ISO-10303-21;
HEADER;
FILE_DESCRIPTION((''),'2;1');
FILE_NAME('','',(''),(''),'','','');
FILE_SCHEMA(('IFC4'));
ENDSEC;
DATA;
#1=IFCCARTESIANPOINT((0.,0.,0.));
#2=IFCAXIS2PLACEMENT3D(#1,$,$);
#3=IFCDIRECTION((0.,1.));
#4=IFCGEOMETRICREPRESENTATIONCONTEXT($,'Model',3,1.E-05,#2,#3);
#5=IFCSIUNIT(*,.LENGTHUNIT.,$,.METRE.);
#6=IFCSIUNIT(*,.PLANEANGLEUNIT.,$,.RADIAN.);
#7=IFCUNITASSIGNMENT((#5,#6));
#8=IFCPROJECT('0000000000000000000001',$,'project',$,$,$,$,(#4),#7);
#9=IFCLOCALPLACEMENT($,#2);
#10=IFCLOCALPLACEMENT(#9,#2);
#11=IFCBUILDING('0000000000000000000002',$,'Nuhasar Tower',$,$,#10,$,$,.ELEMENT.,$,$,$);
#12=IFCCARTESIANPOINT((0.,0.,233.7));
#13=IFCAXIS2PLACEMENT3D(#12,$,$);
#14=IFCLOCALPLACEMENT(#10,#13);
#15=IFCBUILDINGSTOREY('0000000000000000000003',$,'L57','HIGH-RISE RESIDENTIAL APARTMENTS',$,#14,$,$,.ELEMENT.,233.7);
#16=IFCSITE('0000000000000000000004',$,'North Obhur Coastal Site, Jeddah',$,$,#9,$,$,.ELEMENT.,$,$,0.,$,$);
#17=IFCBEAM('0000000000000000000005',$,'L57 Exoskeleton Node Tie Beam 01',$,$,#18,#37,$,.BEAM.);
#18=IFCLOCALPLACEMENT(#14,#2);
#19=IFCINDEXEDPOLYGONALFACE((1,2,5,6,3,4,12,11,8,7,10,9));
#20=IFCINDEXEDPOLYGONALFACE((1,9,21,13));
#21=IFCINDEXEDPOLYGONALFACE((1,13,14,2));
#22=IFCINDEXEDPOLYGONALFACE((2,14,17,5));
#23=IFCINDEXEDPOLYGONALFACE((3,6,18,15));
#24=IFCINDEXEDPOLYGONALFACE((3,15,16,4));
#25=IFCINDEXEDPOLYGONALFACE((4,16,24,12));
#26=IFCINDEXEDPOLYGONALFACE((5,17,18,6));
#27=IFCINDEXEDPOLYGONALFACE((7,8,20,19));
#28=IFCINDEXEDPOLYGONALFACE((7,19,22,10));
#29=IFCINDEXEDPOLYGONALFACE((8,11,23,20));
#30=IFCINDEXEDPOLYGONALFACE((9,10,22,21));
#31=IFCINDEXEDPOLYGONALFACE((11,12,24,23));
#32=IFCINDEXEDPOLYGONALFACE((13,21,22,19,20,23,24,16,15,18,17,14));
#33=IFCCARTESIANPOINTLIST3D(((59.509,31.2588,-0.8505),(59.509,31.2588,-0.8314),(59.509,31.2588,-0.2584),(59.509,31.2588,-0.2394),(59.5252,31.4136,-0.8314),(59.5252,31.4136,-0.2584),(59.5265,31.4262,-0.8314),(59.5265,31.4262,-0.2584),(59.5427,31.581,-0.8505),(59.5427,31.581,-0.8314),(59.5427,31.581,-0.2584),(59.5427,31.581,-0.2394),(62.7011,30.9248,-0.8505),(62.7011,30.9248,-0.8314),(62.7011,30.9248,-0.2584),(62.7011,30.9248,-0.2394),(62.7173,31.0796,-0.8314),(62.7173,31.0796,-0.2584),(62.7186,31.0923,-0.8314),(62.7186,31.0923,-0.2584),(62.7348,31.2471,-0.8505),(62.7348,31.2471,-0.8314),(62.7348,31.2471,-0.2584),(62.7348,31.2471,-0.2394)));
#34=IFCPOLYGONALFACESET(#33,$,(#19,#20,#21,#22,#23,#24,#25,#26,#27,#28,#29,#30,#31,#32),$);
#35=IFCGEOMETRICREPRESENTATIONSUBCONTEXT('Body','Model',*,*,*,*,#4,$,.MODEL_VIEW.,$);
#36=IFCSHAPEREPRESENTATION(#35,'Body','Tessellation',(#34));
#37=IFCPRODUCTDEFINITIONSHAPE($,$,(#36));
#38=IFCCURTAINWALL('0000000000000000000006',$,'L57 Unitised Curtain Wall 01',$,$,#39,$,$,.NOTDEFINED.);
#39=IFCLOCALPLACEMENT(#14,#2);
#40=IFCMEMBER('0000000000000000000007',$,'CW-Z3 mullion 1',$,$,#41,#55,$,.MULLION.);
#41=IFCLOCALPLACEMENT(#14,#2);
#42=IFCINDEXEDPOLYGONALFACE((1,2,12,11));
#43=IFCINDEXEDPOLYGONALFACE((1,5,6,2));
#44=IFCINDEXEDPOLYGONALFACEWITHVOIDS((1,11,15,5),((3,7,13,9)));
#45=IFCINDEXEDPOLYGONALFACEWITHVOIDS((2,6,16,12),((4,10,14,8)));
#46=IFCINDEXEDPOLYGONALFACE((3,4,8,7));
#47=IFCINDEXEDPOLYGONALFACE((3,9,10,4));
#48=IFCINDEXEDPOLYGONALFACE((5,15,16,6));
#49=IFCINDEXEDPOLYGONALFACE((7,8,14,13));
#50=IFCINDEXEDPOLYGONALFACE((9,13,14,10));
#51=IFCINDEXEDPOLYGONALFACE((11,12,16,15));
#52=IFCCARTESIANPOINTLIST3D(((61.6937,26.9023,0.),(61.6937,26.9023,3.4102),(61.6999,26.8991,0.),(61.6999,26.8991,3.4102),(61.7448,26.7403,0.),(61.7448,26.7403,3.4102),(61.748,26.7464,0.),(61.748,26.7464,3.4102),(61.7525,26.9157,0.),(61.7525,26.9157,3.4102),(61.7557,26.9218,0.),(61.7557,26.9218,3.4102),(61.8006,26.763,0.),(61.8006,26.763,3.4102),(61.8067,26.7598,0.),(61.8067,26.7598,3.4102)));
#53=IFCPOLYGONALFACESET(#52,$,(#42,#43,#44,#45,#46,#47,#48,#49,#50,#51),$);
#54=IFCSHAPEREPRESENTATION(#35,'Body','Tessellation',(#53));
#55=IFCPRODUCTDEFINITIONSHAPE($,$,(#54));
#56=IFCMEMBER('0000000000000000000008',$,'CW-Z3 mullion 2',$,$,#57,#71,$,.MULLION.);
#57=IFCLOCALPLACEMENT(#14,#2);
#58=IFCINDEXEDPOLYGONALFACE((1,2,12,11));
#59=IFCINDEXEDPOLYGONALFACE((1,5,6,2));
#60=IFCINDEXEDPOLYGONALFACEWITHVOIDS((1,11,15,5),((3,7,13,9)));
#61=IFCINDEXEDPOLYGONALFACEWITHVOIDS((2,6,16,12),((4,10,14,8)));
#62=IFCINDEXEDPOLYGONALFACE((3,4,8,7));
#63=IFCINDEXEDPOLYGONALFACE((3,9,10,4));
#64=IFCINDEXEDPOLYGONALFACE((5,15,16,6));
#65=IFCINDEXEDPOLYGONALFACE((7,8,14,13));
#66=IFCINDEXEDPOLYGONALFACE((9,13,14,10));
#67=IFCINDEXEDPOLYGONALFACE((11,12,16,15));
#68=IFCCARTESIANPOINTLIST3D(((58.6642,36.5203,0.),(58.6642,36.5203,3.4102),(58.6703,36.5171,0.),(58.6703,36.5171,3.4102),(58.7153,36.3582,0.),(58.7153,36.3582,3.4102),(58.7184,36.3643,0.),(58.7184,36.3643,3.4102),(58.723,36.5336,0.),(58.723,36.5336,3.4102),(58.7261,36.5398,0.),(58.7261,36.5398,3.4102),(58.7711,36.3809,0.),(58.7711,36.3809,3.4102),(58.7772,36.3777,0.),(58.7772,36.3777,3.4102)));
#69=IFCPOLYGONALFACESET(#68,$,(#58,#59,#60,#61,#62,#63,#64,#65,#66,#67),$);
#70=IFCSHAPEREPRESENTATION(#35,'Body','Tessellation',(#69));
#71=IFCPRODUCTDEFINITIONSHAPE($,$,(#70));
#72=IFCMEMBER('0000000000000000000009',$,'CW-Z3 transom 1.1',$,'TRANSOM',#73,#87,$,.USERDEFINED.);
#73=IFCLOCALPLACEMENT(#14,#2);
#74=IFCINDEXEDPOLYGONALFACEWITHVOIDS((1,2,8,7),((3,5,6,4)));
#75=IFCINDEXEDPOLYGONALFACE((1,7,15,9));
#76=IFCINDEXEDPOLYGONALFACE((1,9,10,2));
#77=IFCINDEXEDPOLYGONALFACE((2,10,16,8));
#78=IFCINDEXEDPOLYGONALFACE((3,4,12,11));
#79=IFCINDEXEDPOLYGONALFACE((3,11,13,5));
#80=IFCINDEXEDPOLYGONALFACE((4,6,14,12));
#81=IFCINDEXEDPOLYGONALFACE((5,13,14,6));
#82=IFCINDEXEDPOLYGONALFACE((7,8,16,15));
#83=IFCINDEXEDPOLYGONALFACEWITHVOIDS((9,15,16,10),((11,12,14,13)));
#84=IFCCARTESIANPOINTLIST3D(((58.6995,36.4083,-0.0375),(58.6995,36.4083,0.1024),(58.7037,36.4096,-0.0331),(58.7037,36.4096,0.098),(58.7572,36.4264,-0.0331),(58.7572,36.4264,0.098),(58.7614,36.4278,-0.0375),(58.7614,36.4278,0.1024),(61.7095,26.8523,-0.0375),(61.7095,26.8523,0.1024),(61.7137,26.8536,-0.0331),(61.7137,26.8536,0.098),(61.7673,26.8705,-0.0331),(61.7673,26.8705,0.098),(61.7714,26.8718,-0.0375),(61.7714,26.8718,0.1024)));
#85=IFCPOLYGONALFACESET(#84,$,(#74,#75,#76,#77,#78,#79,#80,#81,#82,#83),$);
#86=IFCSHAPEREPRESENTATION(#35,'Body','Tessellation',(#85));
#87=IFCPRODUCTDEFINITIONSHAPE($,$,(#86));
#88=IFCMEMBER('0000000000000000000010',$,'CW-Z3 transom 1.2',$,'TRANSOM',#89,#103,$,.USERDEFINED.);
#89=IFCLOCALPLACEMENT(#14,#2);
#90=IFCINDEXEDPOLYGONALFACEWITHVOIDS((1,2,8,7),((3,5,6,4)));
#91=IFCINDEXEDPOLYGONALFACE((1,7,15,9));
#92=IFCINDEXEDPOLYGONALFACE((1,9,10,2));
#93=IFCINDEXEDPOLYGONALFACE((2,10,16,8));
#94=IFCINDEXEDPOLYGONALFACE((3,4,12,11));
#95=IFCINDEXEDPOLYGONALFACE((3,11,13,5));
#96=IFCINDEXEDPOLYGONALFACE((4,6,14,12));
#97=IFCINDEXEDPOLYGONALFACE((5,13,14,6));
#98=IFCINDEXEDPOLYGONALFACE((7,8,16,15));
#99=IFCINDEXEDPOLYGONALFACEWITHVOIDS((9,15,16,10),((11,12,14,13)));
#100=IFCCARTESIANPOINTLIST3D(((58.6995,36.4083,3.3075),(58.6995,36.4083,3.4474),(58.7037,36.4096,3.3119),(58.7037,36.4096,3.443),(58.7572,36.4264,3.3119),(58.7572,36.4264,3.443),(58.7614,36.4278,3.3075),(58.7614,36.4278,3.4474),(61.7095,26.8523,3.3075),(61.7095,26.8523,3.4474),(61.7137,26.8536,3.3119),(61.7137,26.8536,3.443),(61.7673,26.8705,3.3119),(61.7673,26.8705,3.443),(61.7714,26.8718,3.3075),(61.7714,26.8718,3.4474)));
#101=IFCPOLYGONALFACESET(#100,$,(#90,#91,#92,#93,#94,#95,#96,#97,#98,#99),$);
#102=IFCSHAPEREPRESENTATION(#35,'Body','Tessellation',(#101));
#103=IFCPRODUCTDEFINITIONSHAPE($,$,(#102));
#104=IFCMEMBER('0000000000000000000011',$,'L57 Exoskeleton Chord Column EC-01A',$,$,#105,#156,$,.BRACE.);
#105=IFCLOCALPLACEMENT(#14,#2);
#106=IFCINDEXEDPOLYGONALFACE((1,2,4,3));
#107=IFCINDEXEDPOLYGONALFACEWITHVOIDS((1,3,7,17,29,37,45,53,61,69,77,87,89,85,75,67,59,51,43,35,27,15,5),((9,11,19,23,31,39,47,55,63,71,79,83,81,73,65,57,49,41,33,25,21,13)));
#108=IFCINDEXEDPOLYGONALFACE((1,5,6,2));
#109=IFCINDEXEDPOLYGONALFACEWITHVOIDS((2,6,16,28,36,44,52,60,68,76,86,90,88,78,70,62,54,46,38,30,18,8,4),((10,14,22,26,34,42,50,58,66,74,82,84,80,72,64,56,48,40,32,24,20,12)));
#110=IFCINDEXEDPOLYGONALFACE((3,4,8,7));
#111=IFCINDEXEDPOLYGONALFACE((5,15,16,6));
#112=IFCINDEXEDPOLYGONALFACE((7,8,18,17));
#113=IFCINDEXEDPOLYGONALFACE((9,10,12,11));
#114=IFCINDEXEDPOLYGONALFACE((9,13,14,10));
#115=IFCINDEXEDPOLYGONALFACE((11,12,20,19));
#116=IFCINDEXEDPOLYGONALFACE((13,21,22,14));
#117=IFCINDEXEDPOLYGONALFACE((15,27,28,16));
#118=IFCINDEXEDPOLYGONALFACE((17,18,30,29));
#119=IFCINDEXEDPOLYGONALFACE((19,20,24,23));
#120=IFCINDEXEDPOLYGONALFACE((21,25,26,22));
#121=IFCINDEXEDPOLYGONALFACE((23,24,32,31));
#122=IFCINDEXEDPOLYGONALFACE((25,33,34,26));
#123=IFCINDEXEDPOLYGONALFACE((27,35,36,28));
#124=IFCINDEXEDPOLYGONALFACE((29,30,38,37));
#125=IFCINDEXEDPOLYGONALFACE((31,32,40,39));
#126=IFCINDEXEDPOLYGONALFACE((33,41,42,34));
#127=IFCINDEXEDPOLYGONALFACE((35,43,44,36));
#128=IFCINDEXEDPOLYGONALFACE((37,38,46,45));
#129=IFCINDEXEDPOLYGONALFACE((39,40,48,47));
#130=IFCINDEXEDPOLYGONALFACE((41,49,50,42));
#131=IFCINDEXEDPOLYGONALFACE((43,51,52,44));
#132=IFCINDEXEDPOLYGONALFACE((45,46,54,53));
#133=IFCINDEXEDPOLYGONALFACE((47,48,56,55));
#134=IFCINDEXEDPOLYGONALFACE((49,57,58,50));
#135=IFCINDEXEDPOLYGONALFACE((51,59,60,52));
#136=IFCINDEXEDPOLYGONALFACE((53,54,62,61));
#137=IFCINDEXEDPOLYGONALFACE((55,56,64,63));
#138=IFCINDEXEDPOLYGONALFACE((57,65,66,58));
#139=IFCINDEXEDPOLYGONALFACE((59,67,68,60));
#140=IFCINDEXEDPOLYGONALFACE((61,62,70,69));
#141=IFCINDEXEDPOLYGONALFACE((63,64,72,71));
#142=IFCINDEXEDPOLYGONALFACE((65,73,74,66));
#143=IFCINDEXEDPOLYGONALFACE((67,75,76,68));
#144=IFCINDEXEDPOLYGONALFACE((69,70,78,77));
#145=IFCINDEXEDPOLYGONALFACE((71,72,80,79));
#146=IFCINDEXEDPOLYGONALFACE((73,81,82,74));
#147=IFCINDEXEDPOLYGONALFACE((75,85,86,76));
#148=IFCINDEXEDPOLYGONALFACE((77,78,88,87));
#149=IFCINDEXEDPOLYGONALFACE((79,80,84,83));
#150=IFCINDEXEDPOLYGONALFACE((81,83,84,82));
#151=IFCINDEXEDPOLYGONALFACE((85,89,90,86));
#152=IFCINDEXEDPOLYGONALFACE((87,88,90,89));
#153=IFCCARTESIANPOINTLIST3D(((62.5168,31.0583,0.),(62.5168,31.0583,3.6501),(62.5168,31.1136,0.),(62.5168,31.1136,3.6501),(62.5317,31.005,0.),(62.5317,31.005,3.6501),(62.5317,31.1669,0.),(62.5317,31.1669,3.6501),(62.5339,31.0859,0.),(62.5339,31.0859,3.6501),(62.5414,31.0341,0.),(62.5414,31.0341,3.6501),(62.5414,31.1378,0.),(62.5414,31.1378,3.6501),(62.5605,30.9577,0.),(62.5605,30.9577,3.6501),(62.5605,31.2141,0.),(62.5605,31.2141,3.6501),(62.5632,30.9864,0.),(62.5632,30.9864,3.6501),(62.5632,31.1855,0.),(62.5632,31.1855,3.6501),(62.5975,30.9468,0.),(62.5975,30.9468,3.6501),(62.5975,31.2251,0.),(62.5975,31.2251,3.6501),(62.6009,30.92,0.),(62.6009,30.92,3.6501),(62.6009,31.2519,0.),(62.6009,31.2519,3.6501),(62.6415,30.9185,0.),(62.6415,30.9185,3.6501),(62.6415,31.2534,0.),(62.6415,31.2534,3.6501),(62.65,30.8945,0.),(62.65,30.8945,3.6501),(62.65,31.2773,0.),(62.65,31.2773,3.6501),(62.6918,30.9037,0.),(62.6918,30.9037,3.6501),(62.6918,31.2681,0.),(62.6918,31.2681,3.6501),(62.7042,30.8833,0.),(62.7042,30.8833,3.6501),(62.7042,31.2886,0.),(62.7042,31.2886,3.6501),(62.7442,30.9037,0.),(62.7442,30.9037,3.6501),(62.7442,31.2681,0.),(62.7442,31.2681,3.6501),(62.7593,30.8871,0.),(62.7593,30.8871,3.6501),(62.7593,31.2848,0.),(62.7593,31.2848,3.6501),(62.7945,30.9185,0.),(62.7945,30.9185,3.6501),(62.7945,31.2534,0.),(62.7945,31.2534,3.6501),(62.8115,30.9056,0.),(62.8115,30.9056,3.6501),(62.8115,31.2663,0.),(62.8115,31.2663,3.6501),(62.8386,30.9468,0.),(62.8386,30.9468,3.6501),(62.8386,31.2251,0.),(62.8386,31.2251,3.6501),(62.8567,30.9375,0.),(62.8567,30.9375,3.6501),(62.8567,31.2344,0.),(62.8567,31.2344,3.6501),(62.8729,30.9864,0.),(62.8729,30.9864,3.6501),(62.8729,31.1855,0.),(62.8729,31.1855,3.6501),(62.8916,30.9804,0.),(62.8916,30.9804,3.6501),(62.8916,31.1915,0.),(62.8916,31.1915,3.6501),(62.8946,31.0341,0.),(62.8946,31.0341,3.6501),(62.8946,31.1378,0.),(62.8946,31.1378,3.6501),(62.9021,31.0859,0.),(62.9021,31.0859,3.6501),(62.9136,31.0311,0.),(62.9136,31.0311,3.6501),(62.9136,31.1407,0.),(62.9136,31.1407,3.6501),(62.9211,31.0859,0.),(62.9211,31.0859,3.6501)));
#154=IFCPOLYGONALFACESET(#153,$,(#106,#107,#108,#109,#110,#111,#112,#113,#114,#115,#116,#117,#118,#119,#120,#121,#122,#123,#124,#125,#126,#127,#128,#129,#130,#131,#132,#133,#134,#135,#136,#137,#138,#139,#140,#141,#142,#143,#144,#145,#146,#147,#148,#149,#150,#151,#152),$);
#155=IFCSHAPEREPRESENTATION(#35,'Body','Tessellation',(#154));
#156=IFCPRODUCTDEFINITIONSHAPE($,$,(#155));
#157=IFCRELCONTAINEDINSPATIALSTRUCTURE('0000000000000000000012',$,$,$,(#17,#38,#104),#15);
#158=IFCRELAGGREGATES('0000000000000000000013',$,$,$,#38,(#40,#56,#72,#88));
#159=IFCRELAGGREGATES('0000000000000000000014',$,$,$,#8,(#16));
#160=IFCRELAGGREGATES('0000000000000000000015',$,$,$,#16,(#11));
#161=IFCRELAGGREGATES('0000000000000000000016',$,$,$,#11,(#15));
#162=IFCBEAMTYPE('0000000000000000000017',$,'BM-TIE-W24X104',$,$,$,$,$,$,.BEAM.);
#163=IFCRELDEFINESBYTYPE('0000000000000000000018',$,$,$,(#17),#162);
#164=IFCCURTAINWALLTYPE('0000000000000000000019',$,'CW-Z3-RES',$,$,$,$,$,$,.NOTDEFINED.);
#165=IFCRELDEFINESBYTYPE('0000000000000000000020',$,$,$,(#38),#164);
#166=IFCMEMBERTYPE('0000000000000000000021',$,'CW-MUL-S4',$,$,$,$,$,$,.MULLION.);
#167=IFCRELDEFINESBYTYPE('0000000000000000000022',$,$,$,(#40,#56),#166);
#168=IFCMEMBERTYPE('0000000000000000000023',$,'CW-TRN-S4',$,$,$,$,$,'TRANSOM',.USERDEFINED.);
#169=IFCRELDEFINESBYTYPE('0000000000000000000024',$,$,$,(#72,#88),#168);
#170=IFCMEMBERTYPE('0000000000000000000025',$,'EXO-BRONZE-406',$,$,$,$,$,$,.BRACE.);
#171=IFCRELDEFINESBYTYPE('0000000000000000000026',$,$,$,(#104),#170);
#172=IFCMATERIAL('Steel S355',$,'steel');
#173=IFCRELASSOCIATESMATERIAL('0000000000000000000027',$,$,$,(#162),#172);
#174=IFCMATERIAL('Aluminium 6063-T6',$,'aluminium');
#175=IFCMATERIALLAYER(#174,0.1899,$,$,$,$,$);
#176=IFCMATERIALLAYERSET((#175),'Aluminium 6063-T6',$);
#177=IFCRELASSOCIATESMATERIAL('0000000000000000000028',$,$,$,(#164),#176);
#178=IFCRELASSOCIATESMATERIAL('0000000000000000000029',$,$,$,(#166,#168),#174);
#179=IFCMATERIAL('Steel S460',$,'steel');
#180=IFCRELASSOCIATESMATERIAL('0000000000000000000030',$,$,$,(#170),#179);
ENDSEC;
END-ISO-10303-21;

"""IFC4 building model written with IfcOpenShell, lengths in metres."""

from ifc_helpers import new_model, si_unit, direction, frame, origin, origin_2d, place, context, subcontext, project, spatial, hollow_rectangle, hollow_circle, i_section, extrude, material, layer, layer_set, material_profile, profile_set, type_object, element, aggregate, save


model = new_model("IFC4")

# Units and contexts
model_context = context("Model", 3, precision=1e-05, world=origin(), true_north=direction((0.0, 1.0)))
body_context = subcontext(model_context, "Body", "Model", "MODEL_VIEW")
ifc_project = project(units=[si_unit("LENGTHUNIT", "METRE"), si_unit("PLANEANGLEUNIT", "RADIAN")], contexts=[model_context])

# Site, building, storey
site_placement = place(None, origin())
site = spatial("IfcSite", under=ifc_project, at=site_placement, Name="North Obhur Coastal Site, Jeddah", CompositionType="ELEMENT", RefElevation=0.0)
building_placement = place(site_placement, origin())
building = spatial("IfcBuilding", under=site, at=building_placement, Name="Nuhasar Tower", CompositionType="ELEMENT")
storey_placement = place(building_placement, frame((0.0, 0.0, 233.7)))
storey = spatial("IfcBuildingStorey", under=building, at=storey_placement, Name="L57", Description="HIGH-RISE RESIDENTIAL APARTMENTS", CompositionType="ELEMENT", Elevation=233.7)

# Beam
ifc_material_1 = material(Name="Steel S355", Category="steel")
ifc_material_profile_1 = material_profile(ifc_material_1, i_section(OverallWidth=0.324, OverallDepth=0.6111, WebThickness=0.0127, FlangeThickness=0.019, at=origin_2d()), Name="W24X104")
ifc_profile_set_1 = profile_set([ifc_material_profile_1], Name="Steel S355")
beam_type_1 = type_object("IfcBeamType", Name="BM-TIE-W24X104", PredefinedType="BEAM", material=ifc_profile_set_1)
beam_1_placement = place(storey_placement, frame((59.5259, 31.4199, -0.5449), z_axis=(0.994571, -0.104059, 0.0), x_axis=(0.104059, 0.994571, 0.0)))
element("IfcBeam", 1, at=beam_1_placement, inside=storey, type_object=beam_type_1, Name="L57 Exoskeleton Node Tie Beam 01", PredefinedType="BEAM", context=body_context, shape_type="SweptSolid", body=[
    extrude(i_section(OverallWidth=0.324, OverallDepth=0.6111, WebThickness=0.0127, FlangeThickness=0.019, at=origin_2d()), origin(), (0.0, 0.0, 1.0), 3.2095),
])

# Curtain wall, members
ifc_material_2 = material(Name="Aluminium 6063-T6", Category="aluminium")
ifc_layer_1 = layer(ifc_material_2, 0.1899)
ifc_layer_set_1 = layer_set([ifc_layer_1], Name="Aluminium 6063-T6")
curtain_wall_type = type_object("IfcCurtainWallType", Name="CW-Z3-RES", PredefinedType="NOTDEFINED", material=ifc_layer_set_1)
curtain_wall_placement = place(storey_placement, origin())
curtain_wall = element("IfcCurtainWall", 2, at=curtain_wall_placement, inside=storey, type_object=curtain_wall_type, Name="L57 Unitised Curtain Wall 01", PredefinedType="NOTDEFINED")
ifc_material_profile_2 = material_profile(ifc_material_2, hollow_rectangle(XDim=0.0649, YDim=0.1699, WallThickness=0.0049, at=origin_2d()), Name="CWM-4")
ifc_profile_set_2 = profile_set([ifc_material_profile_2], Name="Aluminium 6063-T6")
member_type_1 = type_object("IfcMemberType", Name="CW-MUL-S4", PredefinedType="MULLION", material=ifc_profile_set_2)
member_1_placement = place(storey_placement, frame((61.7502, 26.8311, 0.0), z_axis=(0.0, 0.0, 1.0), x_axis=(-0.953804, -0.300429, 0.0)))
member_1 = element("IfcMember", 3, at=member_1_placement, type_object=member_type_1, Name="CW-Z3 mullion 1", PredefinedType="MULLION", context=body_context, shape_type="SweptSolid", body=[
    extrude(hollow_rectangle(XDim=0.0649, YDim=0.1699, WallThickness=0.0049, at=origin_2d()), origin(), (0.0, 0.0, 1.0), 3.4102),
])
member_2_placement = place(storey_placement, frame((58.7207, 36.449, 0.0), z_axis=(0.0, 0.0, 1.0), x_axis=(-0.953804, -0.300429, 0.0)))
member_2 = element("IfcMember", 4, at=member_2_placement, type_object=member_type_1, Name="CW-Z3 mullion 2", PredefinedType="MULLION", context=body_context, shape_type="SweptSolid", body=[
    extrude(hollow_rectangle(XDim=0.0649, YDim=0.1699, WallThickness=0.0049, at=origin_2d()), origin(), (0.0, 0.0, 1.0), 3.4102),
])
ifc_material_profile_3 = material_profile(ifc_material_2, hollow_rectangle(XDim=0.0649, YDim=0.1399, WallThickness=0.0044, at=origin_2d()), Name="CWT-4")
ifc_profile_set_3 = profile_set([ifc_material_profile_3], Name="Aluminium 6063-T6")
member_type_2 = type_object("IfcMemberType", Name="CW-TRN-S4", ElementType="TRANSOM", PredefinedType="USERDEFINED", material=ifc_profile_set_3)
member_3_placement = place(storey_placement, frame((61.7405, 26.8621, 0.0325), z_axis=(-0.300437, 0.953802, 0.0), x_axis=(-0.953802, -0.300437, 0.0)))
member_3 = element("IfcMember", 5, at=member_3_placement, type_object=member_type_2, Name="CW-Z3 transom 1.1", ObjectType="TRANSOM", PredefinedType="USERDEFINED", context=body_context, shape_type="SweptSolid", body=[
    extrude(hollow_rectangle(XDim=0.0649, YDim=0.1399, WallThickness=0.0044, at=origin_2d()), origin(), (0.0, 0.0, 1.0), 10.0188),
])
member_4_placement = place(storey_placement, frame((61.7405, 26.8621, 3.3774), z_axis=(-0.300437, 0.953802, 0.0), x_axis=(-0.953802, -0.300437, 0.0)))
member_4 = element("IfcMember", 6, at=member_4_placement, type_object=member_type_2, Name="CW-Z3 transom 1.2", ObjectType="TRANSOM", PredefinedType="USERDEFINED", context=body_context, shape_type="SweptSolid", body=[
    extrude(hollow_rectangle(XDim=0.0649, YDim=0.1399, WallThickness=0.0044, at=origin_2d()), origin(), (0.0, 0.0, 1.0), 10.0188),
])

# Member
ifc_material_3 = material(Name="Steel S460", Category="steel")
ifc_material_profile_4 = material_profile(ifc_material_3, hollow_circle(Radius=0.2031, WallThickness=0.019, at=origin_2d()), Name="HSS406.4X19.1")
ifc_profile_set_4 = profile_set([ifc_material_profile_4], Name="Steel S460")
member_type_3 = type_object("IfcMemberType", Name="EXO-BRONZE-406", PredefinedType="BRACE", material=ifc_profile_set_4)
for number, where, z_axis, x_axis, name in (
    (7, (62.718, 31.0859, 0.0), (0.0, 0.0, 1.0), (1.0, 0.0, 0.0), "L57 Exoskeleton Chord Column EC-01A"),
):
    element("IfcMember", number, at=place(storey_placement, frame(where, z_axis=z_axis, x_axis=x_axis)), inside=storey, type_object=member_type_3, Name=name, PredefinedType="BRACE", context=body_context, shape_type="SweptSolid", body=[
        extrude(hollow_circle(Radius=0.2031, WallThickness=0.019, at=origin_2d()), origin(), (0.0, 0.0, 1.0), 3.6501),
    ])

aggregate(curtain_wall, [member_1, member_2, member_3, member_4])

save(model, "model.ifc")
